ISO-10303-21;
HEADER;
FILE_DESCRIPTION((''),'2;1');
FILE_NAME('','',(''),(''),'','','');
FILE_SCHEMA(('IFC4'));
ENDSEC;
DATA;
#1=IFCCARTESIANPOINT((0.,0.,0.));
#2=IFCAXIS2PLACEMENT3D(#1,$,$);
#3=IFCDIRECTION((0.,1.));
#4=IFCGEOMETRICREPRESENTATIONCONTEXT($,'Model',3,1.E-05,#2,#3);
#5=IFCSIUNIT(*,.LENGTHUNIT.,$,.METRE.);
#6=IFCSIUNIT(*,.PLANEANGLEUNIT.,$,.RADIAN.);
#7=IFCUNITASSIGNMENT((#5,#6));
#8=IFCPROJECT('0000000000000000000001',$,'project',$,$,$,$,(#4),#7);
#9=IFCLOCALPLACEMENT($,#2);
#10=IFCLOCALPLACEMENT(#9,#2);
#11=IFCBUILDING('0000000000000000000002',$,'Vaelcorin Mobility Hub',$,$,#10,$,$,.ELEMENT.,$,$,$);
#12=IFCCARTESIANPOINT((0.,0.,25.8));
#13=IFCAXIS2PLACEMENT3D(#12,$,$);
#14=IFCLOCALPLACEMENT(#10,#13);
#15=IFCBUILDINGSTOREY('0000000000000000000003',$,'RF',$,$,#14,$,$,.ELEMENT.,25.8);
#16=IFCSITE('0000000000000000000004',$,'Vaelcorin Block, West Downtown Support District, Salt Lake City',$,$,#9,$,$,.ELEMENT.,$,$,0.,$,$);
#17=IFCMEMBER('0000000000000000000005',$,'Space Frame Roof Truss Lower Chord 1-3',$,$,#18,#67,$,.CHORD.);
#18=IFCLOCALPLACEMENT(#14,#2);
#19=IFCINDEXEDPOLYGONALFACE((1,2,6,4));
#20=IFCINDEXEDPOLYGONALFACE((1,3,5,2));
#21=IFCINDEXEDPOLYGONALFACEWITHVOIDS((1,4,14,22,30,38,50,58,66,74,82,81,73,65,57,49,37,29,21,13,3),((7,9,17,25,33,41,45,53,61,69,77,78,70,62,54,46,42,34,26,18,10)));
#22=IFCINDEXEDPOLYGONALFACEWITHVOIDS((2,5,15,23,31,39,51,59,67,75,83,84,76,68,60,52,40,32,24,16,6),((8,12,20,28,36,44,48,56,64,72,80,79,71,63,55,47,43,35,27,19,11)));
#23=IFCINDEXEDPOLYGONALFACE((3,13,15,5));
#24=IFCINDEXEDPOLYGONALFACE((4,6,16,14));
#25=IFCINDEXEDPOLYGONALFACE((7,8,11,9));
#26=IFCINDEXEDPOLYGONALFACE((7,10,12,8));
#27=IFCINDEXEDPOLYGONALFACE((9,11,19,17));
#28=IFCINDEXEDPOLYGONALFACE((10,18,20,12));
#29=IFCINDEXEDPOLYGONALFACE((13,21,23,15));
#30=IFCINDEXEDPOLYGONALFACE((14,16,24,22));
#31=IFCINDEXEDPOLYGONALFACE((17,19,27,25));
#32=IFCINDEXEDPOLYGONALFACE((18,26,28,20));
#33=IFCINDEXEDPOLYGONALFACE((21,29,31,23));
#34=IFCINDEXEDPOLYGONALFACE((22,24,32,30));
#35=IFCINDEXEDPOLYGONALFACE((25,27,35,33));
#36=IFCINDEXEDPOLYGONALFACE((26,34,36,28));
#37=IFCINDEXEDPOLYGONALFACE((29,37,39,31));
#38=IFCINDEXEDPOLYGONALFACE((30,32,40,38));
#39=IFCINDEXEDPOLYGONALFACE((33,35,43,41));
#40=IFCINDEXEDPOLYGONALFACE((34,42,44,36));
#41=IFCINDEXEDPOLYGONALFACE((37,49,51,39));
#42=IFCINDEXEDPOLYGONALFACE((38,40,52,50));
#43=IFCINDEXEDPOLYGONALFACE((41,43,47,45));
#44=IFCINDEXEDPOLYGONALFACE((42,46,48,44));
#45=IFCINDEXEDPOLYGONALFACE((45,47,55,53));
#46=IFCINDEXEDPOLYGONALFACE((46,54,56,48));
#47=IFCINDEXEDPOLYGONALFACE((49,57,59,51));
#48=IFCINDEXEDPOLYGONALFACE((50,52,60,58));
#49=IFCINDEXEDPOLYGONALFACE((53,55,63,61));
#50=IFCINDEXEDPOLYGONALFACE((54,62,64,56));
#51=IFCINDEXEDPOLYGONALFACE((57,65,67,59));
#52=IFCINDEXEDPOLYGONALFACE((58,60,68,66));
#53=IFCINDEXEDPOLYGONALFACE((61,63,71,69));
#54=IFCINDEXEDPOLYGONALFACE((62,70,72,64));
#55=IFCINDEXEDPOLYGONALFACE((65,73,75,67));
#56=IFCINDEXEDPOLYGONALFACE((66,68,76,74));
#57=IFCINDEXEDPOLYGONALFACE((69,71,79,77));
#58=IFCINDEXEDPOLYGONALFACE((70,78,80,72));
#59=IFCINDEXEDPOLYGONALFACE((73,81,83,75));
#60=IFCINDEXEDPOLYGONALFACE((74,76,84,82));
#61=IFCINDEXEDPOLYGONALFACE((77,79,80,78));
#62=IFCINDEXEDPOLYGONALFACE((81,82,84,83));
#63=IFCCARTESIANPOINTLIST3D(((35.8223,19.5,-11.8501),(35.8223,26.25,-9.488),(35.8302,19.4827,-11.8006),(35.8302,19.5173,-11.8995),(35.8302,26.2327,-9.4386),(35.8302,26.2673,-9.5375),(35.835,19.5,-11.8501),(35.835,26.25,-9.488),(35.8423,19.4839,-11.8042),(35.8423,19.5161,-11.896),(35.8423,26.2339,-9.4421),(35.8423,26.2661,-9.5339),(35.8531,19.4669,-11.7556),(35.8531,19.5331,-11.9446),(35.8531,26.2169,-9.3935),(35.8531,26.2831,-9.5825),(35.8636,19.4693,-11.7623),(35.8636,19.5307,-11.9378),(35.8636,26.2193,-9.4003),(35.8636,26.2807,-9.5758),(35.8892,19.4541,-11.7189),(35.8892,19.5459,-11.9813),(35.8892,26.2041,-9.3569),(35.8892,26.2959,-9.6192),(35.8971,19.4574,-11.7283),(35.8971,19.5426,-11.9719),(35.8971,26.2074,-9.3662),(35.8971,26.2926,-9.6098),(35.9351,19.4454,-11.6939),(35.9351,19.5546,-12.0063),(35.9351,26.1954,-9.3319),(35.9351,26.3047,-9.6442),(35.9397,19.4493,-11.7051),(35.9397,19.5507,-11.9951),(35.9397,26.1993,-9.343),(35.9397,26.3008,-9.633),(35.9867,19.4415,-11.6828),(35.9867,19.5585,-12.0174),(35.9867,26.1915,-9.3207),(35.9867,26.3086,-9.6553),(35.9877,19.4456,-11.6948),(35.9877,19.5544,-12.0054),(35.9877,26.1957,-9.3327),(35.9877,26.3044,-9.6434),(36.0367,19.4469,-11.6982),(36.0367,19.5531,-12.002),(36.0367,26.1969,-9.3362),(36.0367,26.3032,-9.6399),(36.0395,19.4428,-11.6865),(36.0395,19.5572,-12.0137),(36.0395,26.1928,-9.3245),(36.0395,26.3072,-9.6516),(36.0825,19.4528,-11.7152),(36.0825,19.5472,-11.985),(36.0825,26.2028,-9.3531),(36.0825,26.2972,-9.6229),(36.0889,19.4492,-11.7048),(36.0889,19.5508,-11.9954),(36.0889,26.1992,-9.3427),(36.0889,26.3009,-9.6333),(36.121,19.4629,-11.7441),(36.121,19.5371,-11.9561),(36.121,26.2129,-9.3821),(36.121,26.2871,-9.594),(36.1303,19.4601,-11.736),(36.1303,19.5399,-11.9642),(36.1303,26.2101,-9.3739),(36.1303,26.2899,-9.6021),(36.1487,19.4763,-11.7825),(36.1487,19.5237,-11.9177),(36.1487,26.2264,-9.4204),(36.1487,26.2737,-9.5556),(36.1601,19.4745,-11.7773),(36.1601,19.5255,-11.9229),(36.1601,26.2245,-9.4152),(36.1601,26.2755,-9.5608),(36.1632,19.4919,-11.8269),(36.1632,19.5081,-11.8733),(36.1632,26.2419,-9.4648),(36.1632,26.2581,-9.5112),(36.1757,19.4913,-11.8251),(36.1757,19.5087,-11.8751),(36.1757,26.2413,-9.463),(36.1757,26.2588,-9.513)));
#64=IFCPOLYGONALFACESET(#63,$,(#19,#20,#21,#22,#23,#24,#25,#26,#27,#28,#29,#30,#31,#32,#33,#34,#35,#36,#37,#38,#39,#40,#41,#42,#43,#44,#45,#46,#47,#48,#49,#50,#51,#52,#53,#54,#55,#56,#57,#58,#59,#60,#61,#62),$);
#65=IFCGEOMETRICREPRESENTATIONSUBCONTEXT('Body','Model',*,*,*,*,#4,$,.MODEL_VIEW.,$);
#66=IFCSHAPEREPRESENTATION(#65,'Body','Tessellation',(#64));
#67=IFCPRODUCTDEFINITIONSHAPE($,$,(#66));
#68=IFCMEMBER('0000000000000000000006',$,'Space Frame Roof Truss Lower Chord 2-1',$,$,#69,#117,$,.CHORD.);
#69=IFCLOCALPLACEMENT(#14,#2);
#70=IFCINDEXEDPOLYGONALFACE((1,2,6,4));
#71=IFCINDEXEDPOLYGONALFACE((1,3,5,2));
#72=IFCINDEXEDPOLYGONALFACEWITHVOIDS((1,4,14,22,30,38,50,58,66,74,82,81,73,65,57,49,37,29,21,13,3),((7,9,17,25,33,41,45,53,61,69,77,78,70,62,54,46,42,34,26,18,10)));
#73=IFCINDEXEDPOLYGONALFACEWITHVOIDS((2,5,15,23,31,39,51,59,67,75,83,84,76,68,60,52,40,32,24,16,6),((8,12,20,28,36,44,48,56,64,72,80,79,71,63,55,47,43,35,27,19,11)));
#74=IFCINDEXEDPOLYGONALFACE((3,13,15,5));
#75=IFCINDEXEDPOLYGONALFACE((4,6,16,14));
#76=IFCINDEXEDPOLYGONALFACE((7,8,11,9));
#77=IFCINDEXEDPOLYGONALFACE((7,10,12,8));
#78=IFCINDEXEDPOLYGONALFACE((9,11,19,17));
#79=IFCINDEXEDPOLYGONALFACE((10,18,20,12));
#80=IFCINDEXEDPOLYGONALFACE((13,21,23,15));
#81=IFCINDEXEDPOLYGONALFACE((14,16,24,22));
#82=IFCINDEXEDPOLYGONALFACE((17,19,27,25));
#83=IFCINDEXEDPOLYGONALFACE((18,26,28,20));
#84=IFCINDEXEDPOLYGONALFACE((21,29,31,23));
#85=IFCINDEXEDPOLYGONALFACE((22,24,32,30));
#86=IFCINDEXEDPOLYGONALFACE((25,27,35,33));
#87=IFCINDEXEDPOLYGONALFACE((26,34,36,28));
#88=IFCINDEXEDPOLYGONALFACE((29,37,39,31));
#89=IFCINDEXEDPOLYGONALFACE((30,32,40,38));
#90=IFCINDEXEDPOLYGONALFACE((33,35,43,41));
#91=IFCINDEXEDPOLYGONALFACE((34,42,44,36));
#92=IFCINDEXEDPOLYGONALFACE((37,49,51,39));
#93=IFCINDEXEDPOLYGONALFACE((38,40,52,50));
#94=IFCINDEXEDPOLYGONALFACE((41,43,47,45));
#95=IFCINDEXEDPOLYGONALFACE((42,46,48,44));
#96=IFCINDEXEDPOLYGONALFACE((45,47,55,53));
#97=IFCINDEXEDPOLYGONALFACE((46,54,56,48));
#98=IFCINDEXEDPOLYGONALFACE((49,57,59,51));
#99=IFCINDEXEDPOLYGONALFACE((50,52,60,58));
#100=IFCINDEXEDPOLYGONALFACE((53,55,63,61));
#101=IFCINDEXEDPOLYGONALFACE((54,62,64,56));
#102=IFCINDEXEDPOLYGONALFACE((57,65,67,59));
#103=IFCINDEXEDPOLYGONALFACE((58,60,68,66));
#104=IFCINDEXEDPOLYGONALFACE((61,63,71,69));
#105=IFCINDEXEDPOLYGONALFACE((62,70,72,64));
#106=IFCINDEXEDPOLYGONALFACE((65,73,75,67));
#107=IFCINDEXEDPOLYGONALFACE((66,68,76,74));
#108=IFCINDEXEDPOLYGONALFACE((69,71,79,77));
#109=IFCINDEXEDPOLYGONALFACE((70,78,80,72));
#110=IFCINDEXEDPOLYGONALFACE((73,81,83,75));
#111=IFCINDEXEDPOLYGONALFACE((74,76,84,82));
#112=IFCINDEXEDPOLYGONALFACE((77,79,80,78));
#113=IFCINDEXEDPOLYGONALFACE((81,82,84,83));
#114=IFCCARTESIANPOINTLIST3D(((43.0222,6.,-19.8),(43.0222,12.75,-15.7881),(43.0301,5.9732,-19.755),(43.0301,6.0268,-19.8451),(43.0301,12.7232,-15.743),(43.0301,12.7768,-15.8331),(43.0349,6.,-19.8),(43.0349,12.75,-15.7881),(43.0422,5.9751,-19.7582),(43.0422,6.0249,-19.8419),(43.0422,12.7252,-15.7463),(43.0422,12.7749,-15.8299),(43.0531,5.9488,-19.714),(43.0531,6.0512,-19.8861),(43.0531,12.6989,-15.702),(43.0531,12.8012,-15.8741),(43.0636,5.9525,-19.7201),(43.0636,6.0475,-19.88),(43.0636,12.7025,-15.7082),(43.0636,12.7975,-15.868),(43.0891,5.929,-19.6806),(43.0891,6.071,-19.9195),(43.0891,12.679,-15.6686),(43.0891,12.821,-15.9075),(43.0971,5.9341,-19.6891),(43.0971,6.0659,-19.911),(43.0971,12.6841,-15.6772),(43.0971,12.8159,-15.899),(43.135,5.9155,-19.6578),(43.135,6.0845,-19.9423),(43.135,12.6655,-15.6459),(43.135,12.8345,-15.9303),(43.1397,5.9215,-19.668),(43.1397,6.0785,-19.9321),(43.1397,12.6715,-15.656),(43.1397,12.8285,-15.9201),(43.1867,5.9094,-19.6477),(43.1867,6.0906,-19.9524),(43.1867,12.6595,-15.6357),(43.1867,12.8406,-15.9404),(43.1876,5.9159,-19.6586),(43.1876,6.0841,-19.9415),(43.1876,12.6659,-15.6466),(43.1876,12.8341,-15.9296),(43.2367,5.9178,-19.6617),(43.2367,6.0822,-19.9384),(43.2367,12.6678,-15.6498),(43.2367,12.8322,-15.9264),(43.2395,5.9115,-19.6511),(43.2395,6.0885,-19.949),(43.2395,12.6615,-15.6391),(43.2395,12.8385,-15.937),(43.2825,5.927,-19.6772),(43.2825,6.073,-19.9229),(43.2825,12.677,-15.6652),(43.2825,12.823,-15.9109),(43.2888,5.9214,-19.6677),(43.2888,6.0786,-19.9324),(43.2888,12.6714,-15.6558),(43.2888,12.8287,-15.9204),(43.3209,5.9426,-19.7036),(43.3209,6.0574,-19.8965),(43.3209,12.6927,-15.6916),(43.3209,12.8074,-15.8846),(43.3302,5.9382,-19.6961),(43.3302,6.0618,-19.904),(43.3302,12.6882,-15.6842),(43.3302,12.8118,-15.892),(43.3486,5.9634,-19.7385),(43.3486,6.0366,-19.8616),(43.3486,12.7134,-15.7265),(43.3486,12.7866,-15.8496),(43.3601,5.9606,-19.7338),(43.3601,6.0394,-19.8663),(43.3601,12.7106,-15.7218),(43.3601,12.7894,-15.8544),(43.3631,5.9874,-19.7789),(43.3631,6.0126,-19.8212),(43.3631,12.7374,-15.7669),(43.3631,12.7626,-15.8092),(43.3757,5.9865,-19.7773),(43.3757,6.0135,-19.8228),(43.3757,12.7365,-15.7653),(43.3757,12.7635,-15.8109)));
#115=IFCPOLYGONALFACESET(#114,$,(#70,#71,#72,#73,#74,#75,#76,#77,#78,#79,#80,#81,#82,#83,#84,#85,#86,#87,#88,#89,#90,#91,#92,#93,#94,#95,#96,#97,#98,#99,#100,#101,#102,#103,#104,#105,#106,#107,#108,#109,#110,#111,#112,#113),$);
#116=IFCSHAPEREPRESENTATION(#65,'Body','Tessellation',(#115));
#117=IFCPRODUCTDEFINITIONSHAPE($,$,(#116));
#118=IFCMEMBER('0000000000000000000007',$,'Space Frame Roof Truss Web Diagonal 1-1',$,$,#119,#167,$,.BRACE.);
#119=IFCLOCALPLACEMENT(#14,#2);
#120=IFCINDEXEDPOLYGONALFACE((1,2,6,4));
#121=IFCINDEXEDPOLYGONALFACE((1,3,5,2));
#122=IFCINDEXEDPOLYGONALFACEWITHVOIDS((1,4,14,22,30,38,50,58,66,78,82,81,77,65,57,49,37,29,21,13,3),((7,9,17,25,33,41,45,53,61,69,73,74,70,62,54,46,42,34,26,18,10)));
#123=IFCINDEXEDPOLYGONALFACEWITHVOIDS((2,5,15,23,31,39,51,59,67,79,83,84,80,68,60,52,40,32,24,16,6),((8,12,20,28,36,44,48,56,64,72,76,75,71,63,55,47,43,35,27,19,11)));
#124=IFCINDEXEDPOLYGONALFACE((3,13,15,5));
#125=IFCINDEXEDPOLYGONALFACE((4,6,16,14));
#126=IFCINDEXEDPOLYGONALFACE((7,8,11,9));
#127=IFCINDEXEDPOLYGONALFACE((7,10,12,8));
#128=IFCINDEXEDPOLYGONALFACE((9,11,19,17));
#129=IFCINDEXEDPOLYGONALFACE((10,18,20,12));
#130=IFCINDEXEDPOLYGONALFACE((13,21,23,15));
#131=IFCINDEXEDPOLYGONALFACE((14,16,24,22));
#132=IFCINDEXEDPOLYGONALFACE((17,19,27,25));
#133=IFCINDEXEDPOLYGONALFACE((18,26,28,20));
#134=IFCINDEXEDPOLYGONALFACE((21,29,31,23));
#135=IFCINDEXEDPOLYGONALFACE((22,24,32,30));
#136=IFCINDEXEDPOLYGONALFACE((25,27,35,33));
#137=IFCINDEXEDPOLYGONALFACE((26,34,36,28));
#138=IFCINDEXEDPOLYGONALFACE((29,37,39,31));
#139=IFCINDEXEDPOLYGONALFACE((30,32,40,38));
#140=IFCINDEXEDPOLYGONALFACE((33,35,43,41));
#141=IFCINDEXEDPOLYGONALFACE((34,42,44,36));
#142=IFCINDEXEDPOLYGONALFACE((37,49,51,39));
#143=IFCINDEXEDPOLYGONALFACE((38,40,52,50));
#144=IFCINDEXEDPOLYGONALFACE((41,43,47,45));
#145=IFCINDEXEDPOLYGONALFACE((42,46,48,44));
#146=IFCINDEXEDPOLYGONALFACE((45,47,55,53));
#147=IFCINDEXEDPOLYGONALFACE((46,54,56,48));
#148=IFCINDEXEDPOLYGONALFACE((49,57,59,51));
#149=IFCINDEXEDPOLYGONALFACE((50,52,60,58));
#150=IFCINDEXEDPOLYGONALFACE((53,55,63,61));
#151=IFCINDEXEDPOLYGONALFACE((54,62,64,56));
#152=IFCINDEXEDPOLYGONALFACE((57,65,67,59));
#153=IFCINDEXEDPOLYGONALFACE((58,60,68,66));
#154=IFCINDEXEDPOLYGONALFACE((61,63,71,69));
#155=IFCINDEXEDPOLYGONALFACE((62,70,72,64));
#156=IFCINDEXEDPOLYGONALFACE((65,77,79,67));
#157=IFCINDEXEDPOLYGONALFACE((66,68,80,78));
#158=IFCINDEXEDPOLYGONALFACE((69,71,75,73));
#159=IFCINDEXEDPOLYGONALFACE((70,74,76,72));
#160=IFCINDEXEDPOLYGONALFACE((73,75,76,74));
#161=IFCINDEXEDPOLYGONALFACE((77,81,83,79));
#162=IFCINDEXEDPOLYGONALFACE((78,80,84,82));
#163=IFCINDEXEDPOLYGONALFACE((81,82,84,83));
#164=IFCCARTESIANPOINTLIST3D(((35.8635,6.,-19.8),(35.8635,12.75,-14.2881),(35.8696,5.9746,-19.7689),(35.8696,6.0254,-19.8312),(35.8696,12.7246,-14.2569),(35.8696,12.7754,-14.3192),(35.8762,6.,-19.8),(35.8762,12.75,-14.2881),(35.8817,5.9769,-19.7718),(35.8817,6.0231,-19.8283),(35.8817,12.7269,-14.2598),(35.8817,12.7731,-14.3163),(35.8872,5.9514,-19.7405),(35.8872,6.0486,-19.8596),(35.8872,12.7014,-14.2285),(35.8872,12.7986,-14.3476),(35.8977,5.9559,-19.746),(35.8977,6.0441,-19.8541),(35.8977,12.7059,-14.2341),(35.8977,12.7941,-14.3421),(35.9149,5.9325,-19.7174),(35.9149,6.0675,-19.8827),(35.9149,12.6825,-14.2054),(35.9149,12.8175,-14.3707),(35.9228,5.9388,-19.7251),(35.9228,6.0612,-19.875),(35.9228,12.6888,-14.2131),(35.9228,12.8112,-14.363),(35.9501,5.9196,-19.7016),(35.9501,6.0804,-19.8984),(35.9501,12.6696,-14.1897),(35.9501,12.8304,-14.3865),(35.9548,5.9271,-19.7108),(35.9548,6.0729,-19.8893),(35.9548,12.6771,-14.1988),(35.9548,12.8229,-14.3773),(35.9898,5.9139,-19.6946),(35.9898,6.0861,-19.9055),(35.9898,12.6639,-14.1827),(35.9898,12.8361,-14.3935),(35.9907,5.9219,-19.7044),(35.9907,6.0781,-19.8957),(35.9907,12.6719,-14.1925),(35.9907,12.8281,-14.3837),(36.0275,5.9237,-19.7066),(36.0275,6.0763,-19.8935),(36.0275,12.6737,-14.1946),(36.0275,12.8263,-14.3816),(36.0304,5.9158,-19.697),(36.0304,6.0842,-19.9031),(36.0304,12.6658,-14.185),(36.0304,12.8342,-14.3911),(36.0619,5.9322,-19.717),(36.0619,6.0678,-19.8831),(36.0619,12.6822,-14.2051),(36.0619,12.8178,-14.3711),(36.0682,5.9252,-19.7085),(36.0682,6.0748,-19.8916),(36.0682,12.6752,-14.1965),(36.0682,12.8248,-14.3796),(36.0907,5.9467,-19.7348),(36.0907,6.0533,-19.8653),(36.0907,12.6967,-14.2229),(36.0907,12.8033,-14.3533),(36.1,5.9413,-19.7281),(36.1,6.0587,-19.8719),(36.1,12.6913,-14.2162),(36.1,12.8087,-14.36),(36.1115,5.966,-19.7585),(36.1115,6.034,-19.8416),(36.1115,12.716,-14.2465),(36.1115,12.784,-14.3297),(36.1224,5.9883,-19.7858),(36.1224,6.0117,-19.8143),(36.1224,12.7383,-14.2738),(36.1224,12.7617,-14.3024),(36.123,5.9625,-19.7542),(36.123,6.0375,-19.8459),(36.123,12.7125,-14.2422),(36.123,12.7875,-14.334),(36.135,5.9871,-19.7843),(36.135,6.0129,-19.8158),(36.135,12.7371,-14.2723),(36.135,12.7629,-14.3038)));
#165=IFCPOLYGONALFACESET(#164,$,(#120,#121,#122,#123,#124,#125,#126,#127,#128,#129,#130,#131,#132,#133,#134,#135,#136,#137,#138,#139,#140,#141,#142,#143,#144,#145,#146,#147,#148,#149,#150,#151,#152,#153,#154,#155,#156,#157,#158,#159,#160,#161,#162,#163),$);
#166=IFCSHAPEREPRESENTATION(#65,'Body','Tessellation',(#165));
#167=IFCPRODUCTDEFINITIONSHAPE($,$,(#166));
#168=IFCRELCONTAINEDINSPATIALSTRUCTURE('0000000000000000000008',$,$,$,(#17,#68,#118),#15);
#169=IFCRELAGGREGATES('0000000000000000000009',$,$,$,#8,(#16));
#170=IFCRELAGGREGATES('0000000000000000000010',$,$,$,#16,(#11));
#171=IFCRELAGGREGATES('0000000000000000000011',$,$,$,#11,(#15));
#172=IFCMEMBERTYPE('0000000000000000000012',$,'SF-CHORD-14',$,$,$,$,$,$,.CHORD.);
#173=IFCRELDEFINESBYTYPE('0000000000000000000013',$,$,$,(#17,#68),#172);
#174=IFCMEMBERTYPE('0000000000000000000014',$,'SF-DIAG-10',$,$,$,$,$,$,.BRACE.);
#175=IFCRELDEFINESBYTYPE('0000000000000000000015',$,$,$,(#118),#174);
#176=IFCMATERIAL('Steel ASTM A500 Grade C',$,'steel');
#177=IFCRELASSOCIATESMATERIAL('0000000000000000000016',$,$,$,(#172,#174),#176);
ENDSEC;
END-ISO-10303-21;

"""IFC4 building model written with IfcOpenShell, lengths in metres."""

from ifc_helpers import new_model, si_unit, direction, frame, origin, origin_2d, place, context, subcontext, project, spatial, hollow_circle, extrude, material, material_profile, profile_set, type_object, element, save


model = new_model("IFC4")

# Units and contexts
model_context = context("Model", 3, precision=1e-05, world=origin(), true_north=direction((0.0, 1.0)))
body_context = subcontext(model_context, "Body", "Model", "MODEL_VIEW")
ifc_project = project(units=[si_unit("LENGTHUNIT", "METRE"), si_unit("PLANEANGLEUNIT", "RADIAN")], contexts=[model_context])

# Site, building, storey
site_placement = place(None, origin())
site = spatial("IfcSite", under=ifc_project, at=site_placement, Name="Vaelcorin Block, West Downtown Support District, Salt Lake City", CompositionType="ELEMENT", RefElevation=0.0)
building_placement = place(site_placement, origin())
building = spatial("IfcBuilding", under=site, at=building_placement, Name="Vaelcorin Mobility Hub", CompositionType="ELEMENT")
storey_placement = place(building_placement, frame((0.0, 0.0, 25.8)))
storey = spatial("IfcBuildingStorey", under=building, at=storey_placement, Name="RF", CompositionType="ELEMENT", Elevation=25.8)

# Members
ifc_material_1 = material(Name="Steel ASTM A500 Grade C", Category="steel")
ifc_material_profile_1 = material_profile(ifc_material_1, hollow_circle(Radius=0.1777, WallThickness=0.0127, at=origin_2d()), Name="HSS14.000X0.500")
ifc_profile_set_1 = profile_set([ifc_material_profile_1], Name="Steel ASTM A500 Grade C")
member_type_1 = type_object("IfcMemberType", Name="SF-CHORD-14", PredefinedType="CHORD", material=ifc_profile_set_1)
member_1_placement = place(storey_placement, frame((36.0, 19.5, -11.8501), z_axis=(0.0, 0.943878, 0.330296), x_axis=(-1.0, 0.0, 0.0)))
element("IfcMember", 1, at=member_1_placement, inside=storey, type_object=member_type_1, Name="Space Frame Roof Truss Lower Chord 1-3", PredefinedType="CHORD", context=body_context, shape_type="SweptSolid", body=[
    extrude(hollow_circle(Radius=0.1777, WallThickness=0.0127, at=origin_2d()), origin(), (0.0, 0.0, 1.0), 7.1514),
])
member_2_placement = place(storey_placement, frame((43.2, 6.0, -19.8), z_axis=(0.0, 0.859623, 0.510929), x_axis=(-1.0, 0.0, 0.0)))
element("IfcMember", 2, at=member_2_placement, inside=storey, type_object=member_type_1, Name="Space Frame Roof Truss Lower Chord 2-1", PredefinedType="CHORD", context=body_context, shape_type="SweptSolid", body=[
    extrude(hollow_circle(Radius=0.1777, WallThickness=0.0127, at=origin_2d()), origin(), (0.0, 0.0, 1.0), 7.8523),
])
ifc_material_profile_2 = material_profile(ifc_material_1, hollow_circle(Radius=0.1365, WallThickness=0.0127, at=origin_2d()), Name="HSS10.750X0.500")
ifc_profile_set_2 = profile_set([ifc_material_profile_2], Name="Steel ASTM A500 Grade C")
member_type_2 = type_object("IfcMemberType", Name="SF-DIAG-10", PredefinedType="BRACE", material=ifc_profile_set_2)
member_3_placement = place(storey_placement, frame((36.0, 6.0, -19.8), z_axis=(0.0, 0.774562, 0.632498), x_axis=(-1.0, 0.0, 0.0)))
element("IfcMember", 3, at=member_3_placement, inside=storey, type_object=member_type_2, Name="Space Frame Roof Truss Web Diagonal 1-1", PredefinedType="BRACE", context=body_context, shape_type="SweptSolid", body=[
    extrude(hollow_circle(Radius=0.1365, WallThickness=0.0127, at=origin_2d()), origin(), (0.0, 0.0, 1.0), 8.7146),
])

save(model, "model.ifc")
